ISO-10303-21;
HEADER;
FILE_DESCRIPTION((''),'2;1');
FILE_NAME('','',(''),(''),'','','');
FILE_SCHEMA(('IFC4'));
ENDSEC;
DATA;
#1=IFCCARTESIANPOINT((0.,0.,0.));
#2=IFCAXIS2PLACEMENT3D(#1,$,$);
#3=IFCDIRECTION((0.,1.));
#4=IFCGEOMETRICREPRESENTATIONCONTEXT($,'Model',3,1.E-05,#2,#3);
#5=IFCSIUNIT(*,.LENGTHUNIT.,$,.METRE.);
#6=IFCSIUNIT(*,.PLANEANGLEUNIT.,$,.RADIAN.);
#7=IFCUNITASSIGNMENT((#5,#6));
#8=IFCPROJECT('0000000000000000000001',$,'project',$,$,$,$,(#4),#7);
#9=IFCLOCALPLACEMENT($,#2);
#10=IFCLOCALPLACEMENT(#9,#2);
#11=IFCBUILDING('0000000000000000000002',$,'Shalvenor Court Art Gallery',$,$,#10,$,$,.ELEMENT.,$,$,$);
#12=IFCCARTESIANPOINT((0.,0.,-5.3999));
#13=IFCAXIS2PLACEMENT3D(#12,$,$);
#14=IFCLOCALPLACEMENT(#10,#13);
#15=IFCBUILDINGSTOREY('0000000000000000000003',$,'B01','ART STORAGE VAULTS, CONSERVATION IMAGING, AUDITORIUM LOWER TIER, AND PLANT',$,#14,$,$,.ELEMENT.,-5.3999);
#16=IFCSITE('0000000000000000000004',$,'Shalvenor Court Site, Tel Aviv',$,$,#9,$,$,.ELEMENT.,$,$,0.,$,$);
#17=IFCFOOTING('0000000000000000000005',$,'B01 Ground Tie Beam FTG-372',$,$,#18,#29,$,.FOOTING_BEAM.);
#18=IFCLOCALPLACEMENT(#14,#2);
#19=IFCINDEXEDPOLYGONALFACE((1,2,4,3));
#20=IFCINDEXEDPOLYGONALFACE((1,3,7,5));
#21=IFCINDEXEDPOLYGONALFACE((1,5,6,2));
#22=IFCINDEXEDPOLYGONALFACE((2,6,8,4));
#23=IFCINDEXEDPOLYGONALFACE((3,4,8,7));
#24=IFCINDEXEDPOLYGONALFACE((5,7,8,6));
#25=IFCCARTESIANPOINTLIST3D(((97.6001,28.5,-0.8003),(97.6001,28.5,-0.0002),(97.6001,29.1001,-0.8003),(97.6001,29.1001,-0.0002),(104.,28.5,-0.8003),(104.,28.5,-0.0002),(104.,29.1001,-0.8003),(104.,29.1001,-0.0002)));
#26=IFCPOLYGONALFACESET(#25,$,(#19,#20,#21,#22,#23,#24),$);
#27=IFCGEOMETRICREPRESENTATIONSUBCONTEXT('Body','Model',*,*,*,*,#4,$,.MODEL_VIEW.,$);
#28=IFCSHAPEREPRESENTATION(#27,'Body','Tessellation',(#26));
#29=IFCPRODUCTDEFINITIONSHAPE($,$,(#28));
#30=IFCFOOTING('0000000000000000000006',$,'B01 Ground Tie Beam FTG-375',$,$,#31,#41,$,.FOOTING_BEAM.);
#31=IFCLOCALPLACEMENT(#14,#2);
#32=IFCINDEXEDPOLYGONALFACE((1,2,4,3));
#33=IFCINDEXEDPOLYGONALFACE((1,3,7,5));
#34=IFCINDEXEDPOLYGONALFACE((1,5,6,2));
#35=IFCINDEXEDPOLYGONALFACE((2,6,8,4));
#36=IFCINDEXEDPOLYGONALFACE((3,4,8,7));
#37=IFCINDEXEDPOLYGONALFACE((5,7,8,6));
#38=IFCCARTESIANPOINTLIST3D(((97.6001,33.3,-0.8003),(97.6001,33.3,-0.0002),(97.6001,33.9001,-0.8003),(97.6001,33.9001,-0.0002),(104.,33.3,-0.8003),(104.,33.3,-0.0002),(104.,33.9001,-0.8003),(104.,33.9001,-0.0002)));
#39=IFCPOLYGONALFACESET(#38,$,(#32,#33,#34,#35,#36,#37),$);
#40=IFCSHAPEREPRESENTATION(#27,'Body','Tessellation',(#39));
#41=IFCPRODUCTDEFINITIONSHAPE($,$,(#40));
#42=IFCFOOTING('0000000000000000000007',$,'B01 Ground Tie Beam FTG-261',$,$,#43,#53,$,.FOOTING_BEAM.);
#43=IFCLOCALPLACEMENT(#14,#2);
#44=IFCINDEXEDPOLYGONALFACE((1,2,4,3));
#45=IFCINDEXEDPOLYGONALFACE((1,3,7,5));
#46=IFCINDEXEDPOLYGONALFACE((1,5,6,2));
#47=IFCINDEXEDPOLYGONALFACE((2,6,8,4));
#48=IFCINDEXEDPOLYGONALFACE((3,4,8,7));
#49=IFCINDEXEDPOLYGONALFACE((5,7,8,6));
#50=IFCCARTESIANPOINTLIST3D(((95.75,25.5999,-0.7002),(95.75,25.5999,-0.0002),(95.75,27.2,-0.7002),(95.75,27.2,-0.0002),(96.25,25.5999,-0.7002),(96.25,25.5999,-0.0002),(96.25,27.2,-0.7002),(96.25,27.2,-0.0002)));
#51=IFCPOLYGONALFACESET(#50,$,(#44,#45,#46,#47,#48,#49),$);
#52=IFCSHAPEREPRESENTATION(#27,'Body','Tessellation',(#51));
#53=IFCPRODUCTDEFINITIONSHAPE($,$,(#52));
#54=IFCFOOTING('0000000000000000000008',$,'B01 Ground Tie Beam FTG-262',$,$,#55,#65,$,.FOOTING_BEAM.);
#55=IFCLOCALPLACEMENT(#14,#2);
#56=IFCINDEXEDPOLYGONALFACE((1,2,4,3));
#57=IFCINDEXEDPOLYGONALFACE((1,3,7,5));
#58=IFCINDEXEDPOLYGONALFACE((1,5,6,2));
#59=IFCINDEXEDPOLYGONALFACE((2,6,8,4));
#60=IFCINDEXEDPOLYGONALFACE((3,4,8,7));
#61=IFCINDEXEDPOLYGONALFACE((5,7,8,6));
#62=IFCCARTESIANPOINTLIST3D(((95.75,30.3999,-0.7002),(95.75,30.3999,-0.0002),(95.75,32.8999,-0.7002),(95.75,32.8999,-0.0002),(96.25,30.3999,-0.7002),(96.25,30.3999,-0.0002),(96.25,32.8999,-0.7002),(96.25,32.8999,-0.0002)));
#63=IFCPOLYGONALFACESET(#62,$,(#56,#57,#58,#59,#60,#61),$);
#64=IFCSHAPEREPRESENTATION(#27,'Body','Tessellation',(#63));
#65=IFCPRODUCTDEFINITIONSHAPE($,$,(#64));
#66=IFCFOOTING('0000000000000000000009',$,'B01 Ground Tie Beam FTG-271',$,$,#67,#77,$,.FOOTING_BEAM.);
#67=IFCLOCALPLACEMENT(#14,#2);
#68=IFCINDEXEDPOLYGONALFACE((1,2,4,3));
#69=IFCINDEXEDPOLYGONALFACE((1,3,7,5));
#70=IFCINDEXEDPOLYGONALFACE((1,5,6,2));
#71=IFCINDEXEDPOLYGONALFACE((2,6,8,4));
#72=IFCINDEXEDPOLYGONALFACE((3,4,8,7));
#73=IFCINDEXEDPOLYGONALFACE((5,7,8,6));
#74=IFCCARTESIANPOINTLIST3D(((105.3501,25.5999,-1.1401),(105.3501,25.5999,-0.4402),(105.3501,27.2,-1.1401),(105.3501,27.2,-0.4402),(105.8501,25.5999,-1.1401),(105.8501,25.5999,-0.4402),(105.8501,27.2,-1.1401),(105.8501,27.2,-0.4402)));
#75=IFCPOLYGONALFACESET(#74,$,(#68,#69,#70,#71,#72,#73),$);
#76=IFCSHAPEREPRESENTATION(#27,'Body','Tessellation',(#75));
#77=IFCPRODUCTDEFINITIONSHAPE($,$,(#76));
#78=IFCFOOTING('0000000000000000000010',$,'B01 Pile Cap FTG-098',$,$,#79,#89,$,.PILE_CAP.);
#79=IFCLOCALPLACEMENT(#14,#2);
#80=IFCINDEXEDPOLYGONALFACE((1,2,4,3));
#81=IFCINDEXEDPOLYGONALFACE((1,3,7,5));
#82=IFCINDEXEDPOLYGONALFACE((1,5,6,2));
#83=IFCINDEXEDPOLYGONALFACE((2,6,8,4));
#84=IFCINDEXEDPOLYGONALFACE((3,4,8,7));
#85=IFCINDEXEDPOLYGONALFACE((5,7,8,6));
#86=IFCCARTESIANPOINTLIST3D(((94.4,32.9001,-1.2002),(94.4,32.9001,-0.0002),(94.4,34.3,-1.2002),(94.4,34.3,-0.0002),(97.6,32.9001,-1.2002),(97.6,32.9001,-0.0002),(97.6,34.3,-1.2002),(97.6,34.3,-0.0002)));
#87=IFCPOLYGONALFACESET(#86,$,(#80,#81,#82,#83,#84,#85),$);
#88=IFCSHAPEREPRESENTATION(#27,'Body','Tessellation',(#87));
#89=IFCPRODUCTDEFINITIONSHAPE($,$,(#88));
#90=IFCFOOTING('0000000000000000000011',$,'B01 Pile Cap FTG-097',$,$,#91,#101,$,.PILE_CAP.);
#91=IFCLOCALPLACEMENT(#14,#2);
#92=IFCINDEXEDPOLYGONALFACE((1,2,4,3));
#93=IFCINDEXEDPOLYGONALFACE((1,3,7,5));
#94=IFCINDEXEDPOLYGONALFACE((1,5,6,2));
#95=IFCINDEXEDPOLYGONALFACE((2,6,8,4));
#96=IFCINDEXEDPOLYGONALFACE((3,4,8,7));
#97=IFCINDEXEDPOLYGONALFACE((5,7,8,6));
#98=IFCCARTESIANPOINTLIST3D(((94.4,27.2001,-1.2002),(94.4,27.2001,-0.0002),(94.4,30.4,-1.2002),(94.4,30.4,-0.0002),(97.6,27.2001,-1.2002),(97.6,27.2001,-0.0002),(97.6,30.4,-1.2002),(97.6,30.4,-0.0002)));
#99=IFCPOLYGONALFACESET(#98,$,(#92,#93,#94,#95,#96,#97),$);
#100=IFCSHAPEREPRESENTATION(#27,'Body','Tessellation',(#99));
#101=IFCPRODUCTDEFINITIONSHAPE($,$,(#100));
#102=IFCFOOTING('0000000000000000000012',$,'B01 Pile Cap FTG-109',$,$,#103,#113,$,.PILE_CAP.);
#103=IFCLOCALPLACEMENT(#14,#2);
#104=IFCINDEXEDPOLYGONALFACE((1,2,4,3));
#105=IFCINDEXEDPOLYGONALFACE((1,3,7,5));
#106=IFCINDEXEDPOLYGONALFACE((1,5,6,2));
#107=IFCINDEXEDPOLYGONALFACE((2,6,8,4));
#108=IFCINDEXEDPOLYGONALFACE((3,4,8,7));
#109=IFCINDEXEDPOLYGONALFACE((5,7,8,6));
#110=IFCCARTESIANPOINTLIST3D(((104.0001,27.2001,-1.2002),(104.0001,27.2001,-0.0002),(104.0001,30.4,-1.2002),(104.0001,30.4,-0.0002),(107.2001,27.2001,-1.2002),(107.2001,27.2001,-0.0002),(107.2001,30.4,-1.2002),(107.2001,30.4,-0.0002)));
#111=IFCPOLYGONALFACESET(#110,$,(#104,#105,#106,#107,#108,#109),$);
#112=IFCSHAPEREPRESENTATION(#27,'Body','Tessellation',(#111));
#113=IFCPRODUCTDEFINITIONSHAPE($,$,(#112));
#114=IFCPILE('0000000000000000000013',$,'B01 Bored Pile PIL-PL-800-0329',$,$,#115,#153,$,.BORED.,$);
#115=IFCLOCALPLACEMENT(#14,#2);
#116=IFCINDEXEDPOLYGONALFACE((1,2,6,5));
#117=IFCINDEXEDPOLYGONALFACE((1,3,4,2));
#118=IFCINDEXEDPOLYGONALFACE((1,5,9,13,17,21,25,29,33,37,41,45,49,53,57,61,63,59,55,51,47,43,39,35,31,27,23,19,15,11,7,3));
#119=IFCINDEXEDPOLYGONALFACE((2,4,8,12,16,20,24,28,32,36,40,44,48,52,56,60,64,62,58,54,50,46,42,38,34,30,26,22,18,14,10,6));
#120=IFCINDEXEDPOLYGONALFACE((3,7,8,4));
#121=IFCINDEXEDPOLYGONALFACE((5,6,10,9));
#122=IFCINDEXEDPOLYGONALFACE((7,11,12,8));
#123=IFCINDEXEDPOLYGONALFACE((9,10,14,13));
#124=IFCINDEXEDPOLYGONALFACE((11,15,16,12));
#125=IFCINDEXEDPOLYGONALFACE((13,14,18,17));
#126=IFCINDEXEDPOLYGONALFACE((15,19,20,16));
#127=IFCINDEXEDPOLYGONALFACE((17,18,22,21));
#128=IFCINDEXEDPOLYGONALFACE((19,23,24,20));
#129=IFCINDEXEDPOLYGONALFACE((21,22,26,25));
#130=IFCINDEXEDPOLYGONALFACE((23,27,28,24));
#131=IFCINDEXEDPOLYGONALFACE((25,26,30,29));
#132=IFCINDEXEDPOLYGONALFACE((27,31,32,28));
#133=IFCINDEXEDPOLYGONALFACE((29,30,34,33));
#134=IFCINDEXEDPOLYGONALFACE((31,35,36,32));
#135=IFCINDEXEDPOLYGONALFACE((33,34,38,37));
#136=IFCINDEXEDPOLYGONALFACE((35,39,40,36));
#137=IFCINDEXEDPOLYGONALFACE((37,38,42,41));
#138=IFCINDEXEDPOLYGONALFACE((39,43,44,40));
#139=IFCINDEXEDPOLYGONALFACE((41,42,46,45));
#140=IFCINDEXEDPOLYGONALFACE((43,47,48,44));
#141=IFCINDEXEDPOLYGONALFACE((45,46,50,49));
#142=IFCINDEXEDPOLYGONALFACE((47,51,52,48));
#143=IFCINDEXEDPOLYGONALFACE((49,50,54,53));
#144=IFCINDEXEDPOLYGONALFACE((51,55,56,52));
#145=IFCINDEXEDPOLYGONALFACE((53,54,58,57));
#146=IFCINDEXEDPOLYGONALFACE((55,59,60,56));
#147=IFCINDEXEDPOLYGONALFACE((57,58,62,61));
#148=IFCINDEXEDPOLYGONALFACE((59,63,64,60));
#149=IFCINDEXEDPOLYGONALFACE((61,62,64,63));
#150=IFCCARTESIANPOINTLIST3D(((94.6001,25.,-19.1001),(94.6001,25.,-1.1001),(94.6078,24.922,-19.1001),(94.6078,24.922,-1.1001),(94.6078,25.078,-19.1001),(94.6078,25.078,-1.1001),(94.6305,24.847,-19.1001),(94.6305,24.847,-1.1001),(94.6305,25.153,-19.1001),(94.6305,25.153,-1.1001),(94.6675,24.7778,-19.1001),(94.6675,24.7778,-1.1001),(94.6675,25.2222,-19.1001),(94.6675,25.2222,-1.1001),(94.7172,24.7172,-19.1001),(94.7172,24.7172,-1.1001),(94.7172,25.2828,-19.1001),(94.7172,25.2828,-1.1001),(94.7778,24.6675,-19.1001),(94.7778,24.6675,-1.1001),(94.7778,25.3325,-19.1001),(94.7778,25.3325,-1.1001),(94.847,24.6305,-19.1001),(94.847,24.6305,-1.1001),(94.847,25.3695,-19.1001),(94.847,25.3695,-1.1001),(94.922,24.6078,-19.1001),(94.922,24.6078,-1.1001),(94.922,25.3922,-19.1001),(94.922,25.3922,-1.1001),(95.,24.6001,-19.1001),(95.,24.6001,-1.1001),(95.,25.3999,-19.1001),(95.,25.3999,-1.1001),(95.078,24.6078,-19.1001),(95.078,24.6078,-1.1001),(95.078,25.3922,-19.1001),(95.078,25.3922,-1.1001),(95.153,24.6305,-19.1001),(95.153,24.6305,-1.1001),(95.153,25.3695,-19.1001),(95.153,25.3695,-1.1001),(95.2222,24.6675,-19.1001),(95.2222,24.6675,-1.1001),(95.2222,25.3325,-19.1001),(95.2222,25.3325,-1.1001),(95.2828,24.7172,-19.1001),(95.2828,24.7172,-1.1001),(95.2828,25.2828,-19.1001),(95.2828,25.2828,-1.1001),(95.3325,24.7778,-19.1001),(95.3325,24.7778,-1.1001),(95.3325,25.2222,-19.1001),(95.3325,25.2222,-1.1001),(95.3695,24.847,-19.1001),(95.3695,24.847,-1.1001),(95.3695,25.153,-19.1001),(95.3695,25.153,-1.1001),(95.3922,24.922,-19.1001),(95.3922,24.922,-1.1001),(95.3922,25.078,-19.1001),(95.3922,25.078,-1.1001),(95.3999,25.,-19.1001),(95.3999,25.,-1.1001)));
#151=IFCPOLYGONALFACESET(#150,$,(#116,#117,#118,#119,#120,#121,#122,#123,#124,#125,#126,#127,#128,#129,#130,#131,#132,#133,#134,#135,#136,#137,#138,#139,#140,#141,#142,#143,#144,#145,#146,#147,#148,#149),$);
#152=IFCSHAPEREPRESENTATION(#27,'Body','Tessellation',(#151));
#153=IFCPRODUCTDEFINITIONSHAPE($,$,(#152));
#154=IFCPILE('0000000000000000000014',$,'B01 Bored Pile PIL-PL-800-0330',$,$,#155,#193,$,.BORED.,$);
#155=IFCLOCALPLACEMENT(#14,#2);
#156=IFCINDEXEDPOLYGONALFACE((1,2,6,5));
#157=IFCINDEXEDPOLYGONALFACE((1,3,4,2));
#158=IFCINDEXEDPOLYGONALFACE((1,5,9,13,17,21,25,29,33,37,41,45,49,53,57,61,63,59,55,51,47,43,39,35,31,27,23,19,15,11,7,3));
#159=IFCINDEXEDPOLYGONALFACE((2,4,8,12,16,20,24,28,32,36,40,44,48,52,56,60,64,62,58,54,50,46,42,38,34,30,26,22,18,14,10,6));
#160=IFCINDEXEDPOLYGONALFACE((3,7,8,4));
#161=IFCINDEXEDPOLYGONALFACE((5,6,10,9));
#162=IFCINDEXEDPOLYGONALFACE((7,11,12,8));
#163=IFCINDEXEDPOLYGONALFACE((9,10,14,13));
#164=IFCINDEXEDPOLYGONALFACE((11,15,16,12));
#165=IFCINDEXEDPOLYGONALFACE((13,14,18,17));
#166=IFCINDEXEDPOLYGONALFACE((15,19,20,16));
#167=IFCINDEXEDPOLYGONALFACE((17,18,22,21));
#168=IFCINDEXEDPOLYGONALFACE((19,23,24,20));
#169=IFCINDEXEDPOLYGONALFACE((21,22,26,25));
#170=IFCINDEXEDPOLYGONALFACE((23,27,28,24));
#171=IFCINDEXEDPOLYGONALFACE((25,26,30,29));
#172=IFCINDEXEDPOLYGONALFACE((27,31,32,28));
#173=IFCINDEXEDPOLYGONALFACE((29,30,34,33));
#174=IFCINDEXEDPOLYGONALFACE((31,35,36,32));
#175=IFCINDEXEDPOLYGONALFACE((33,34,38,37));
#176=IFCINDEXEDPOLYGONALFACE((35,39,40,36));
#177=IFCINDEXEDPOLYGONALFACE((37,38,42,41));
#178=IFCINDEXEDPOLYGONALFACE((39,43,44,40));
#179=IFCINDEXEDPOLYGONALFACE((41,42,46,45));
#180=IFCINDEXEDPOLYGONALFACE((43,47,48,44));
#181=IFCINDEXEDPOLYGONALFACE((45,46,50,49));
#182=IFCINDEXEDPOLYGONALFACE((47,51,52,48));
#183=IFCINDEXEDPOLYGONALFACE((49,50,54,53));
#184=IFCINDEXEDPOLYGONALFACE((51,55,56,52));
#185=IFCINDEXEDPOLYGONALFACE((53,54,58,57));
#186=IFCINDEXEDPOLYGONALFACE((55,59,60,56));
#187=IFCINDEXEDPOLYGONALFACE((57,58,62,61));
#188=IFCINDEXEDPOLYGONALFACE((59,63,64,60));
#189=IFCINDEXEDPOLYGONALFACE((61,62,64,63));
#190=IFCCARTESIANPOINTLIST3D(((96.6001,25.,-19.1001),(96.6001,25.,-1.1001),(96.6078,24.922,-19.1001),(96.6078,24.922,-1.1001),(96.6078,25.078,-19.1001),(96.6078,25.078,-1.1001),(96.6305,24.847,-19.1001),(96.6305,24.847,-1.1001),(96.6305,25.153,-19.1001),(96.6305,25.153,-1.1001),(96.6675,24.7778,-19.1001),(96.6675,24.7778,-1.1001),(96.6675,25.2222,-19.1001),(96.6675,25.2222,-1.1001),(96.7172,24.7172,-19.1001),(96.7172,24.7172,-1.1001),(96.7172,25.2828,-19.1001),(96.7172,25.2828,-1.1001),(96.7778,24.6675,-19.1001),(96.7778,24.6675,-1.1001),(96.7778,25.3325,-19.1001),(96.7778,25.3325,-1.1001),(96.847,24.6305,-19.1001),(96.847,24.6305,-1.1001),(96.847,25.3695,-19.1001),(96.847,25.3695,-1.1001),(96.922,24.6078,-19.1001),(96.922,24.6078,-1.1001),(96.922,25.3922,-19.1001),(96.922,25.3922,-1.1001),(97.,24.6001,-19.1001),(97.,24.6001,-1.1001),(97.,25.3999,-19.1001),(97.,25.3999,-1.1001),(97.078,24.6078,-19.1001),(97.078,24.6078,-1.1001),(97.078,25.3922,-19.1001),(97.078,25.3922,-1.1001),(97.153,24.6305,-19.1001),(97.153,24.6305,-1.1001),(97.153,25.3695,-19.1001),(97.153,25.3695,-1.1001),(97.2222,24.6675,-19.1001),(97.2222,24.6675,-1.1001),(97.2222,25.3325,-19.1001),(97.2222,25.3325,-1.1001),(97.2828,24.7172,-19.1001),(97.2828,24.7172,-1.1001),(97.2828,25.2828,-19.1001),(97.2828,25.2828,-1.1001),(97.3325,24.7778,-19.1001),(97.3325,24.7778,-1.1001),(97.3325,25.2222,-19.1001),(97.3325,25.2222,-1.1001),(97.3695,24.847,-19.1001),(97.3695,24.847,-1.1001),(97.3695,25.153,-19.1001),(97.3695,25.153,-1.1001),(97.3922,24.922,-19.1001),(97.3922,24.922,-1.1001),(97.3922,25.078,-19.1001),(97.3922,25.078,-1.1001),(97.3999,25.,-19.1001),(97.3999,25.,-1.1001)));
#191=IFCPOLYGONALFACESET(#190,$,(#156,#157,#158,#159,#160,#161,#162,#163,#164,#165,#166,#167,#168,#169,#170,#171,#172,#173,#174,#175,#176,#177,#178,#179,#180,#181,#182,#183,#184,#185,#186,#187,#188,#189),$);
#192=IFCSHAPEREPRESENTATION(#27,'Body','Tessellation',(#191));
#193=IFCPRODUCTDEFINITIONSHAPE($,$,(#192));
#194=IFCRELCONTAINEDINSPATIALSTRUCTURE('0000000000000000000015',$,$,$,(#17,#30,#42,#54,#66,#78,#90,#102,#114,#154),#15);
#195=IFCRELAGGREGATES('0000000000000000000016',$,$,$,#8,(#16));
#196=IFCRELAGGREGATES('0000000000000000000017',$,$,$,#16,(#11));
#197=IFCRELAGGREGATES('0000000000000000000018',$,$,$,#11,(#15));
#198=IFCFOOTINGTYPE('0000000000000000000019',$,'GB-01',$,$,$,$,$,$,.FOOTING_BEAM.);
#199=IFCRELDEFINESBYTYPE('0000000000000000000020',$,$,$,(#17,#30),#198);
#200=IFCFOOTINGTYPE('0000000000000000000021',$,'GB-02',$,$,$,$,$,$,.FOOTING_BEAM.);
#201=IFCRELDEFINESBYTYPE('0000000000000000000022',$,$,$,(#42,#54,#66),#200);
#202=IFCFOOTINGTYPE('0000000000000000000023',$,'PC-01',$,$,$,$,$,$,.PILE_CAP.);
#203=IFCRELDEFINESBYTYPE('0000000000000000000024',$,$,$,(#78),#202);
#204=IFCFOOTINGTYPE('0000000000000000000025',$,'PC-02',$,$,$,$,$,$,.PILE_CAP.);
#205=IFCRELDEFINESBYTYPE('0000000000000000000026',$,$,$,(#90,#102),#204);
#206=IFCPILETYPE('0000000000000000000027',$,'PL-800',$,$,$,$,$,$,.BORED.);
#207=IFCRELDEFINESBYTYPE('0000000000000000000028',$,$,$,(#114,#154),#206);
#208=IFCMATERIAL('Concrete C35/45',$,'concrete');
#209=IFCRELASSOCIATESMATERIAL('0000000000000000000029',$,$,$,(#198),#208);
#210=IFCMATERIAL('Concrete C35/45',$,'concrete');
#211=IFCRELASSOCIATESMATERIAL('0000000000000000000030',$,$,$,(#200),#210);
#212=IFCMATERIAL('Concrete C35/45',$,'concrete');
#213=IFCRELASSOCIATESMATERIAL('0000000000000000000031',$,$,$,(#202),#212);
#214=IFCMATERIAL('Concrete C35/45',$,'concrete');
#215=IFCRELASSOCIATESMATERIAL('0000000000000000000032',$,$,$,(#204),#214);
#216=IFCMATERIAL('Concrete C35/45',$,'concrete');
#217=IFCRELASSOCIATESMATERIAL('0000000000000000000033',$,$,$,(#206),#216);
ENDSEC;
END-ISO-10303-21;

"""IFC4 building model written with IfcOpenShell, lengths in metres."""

from ifc_helpers import new_model, si_unit, direction, frame, origin, origin_2d, place, context, subcontext, project, spatial, rectangle, circle, extrude, material, material_profile, profile_set, type_object, element, save


model = new_model("IFC4")

# Units and contexts
model_context = context("Model", 3, precision=1e-05, world=origin(), true_north=direction((0.0, 1.0)))
body_context = subcontext(model_context, "Body", "Model", "MODEL_VIEW")
ifc_project = project(units=[si_unit("LENGTHUNIT", "METRE"), si_unit("PLANEANGLEUNIT", "RADIAN")], contexts=[model_context])

# Site, building, storey
site_placement = place(None, origin())
site = spatial("IfcSite", under=ifc_project, at=site_placement, Name="Shalvenor Court Site, Tel Aviv", CompositionType="ELEMENT", RefElevation=0.0)
building_placement = place(site_placement, origin())
building = spatial("IfcBuilding", under=site, at=building_placement, Name="Shalvenor Court Art Gallery", CompositionType="ELEMENT")
storey_placement = place(building_placement, frame((0.0, 0.0, -5.3999)))
storey = spatial("IfcBuildingStorey", under=building, at=storey_placement, Name="B01", Description="ART STORAGE VAULTS, CONSERVATION IMAGING, AUDITORIUM LOWER TIER, AND PLANT", CompositionType="ELEMENT", Elevation=-5.3999)

# Footings
ifc_material_1 = material(Name="Concrete C35/45", Category="concrete")
footing_type_1 = type_object("IfcFootingType", Name="GB-01", PredefinedType="FOOTING_BEAM", material=ifc_material_1)
for number, where, z_axis, x_axis, name in (
    (1, (100.8, 28.8, -0.8003), (0.0, 0.0, 1.0), (1.0, 0.0, 0.0), "B01 Ground Tie Beam FTG-372"),
    (2, (100.8, 33.6001, -0.8003), (0.0, 0.0, 1.0), (1.0, 0.0, 0.0), "B01 Ground Tie Beam FTG-375"),
):
    element("IfcFooting", number, at=place(storey_placement, frame(where, z_axis=z_axis, x_axis=x_axis)), inside=storey, type_object=footing_type_1, Name=name, PredefinedType="FOOTING_BEAM", context=body_context, shape_type="SweptSolid", body=[
        extrude(rectangle(XDim=6.3999, YDim=0.6001, at=origin_2d()), origin(), (0.0, 0.0, 1.0), 0.8),
    ])
ifc_material_2 = material(Name="Concrete C35/45", Category="concrete")
footing_type_2 = type_object("IfcFootingType", Name="GB-02", PredefinedType="FOOTING_BEAM", material=ifc_material_2)
footing_1_placement = place(storey_placement, frame((96.0, 26.3999, -0.7002), z_axis=(0.0, 0.0, 1.0), x_axis=(0.0, 1.0, 0.0)))
element("IfcFooting", 3, at=footing_1_placement, inside=storey, type_object=footing_type_2, Name="B01 Ground Tie Beam FTG-261", PredefinedType="FOOTING_BEAM", context=body_context, shape_type="SweptSolid", body=[
    extrude(rectangle(XDim=1.6001, YDim=0.5, at=origin_2d()), origin(), (0.0, 0.0, 1.0), 0.7),
])
footing_2_placement = place(storey_placement, frame((96.0, 31.6499, -0.7002), z_axis=(0.0, 0.0, 1.0), x_axis=(0.0, 1.0, 0.0)))
element("IfcFooting", 4, at=footing_2_placement, inside=storey, type_object=footing_type_2, Name="B01 Ground Tie Beam FTG-262", PredefinedType="FOOTING_BEAM", context=body_context, shape_type="SweptSolid", body=[
    extrude(rectangle(XDim=2.5, YDim=0.5, at=origin_2d()), origin(), (0.0, 0.0, 1.0), 0.7),
])
footing_3_placement = place(storey_placement, frame((105.6001, 26.3999, -1.1401), z_axis=(0.0, 0.0, 1.0), x_axis=(0.0, 1.0, 0.0)))
element("IfcFooting", 5, at=footing_3_placement, inside=storey, type_object=footing_type_2, Name="B01 Ground Tie Beam FTG-271", PredefinedType="FOOTING_BEAM", context=body_context, shape_type="SweptSolid", body=[
    extrude(rectangle(XDim=1.6001, YDim=0.5, at=origin_2d()), origin(), (0.0, 0.0, 1.0), 0.7),
])
ifc_material_3 = material(Name="Concrete C35/45", Category="concrete")
footing_type_3 = type_object("IfcFootingType", Name="PC-01", PredefinedType="PILE_CAP", material=ifc_material_3)
footing_4_placement = place(storey_placement, frame((96.0, 33.6001, -1.2002), z_axis=(0.0, 0.0, 1.0), x_axis=(1.0, 0.0, 0.0)))
element("IfcFooting", 6, at=footing_4_placement, inside=storey, type_object=footing_type_3, Name="B01 Pile Cap FTG-098", PredefinedType="PILE_CAP", context=body_context, shape_type="SweptSolid", body=[
    extrude(rectangle(XDim=3.2, YDim=1.3999, at=origin_2d()), origin(), (0.0, 0.0, 1.0), 1.2),
])
ifc_material_4 = material(Name="Concrete C35/45", Category="concrete")
footing_type_4 = type_object("IfcFootingType", Name="PC-02", PredefinedType="PILE_CAP", material=ifc_material_4)
for number, where, z_axis, x_axis, name in (
    (7, (96.0, 28.8, -1.2002), (0.0, 0.0, 1.0), (1.0, 0.0, 0.0), "B01 Pile Cap FTG-097"),
    (8, (105.6001, 28.8, -1.2002), (0.0, 0.0, 1.0), (1.0, 0.0, 0.0), "B01 Pile Cap FTG-109"),
):
    element("IfcFooting", number, at=place(storey_placement, frame(where, z_axis=z_axis, x_axis=x_axis)), inside=storey, type_object=footing_type_4, Name=name, PredefinedType="PILE_CAP", context=body_context, shape_type="SweptSolid", body=[
        extrude(rectangle(XDim=3.2, YDim=3.2, at=origin_2d()), origin(), (0.0, 0.0, 1.0), 1.2),
    ])

# Piles
ifc_material_5 = material(Name="Concrete C35/45", Category="concrete")
ifc_material_profile_1 = material_profile(ifc_material_5, circle(Radius=0.3999, at=origin_2d()), Name="PILE 800")
ifc_profile_set_1 = profile_set([ifc_material_profile_1], Name="Concrete C35/45")
pile_type = type_object("IfcPileType", Name="PL-800", PredefinedType="BORED", material=ifc_profile_set_1)
for number, where, z_axis, x_axis, name in (
    (9, (95.0, 25.0, -1.1001), (0.0, 0.0, -1.0), (1.0, 0.0, 0.0), "B01 Bored Pile PIL-PL-800-0329"),
    (10, (97.0, 25.0, -1.1001), (0.0, 0.0, -1.0), (1.0, 0.0, 0.0), "B01 Bored Pile PIL-PL-800-0330"),
):
    element("IfcPile", number, at=place(storey_placement, frame(where, z_axis=z_axis, x_axis=x_axis)), inside=storey, type_object=pile_type, Name=name, PredefinedType="BORED", context=body_context, shape_type="SweptSolid", body=[
        extrude(circle(Radius=0.3999, at=origin_2d()), origin(), (0.0, 0.0, 1.0), 18.0),
    ])

save(model, "model.ifc")
